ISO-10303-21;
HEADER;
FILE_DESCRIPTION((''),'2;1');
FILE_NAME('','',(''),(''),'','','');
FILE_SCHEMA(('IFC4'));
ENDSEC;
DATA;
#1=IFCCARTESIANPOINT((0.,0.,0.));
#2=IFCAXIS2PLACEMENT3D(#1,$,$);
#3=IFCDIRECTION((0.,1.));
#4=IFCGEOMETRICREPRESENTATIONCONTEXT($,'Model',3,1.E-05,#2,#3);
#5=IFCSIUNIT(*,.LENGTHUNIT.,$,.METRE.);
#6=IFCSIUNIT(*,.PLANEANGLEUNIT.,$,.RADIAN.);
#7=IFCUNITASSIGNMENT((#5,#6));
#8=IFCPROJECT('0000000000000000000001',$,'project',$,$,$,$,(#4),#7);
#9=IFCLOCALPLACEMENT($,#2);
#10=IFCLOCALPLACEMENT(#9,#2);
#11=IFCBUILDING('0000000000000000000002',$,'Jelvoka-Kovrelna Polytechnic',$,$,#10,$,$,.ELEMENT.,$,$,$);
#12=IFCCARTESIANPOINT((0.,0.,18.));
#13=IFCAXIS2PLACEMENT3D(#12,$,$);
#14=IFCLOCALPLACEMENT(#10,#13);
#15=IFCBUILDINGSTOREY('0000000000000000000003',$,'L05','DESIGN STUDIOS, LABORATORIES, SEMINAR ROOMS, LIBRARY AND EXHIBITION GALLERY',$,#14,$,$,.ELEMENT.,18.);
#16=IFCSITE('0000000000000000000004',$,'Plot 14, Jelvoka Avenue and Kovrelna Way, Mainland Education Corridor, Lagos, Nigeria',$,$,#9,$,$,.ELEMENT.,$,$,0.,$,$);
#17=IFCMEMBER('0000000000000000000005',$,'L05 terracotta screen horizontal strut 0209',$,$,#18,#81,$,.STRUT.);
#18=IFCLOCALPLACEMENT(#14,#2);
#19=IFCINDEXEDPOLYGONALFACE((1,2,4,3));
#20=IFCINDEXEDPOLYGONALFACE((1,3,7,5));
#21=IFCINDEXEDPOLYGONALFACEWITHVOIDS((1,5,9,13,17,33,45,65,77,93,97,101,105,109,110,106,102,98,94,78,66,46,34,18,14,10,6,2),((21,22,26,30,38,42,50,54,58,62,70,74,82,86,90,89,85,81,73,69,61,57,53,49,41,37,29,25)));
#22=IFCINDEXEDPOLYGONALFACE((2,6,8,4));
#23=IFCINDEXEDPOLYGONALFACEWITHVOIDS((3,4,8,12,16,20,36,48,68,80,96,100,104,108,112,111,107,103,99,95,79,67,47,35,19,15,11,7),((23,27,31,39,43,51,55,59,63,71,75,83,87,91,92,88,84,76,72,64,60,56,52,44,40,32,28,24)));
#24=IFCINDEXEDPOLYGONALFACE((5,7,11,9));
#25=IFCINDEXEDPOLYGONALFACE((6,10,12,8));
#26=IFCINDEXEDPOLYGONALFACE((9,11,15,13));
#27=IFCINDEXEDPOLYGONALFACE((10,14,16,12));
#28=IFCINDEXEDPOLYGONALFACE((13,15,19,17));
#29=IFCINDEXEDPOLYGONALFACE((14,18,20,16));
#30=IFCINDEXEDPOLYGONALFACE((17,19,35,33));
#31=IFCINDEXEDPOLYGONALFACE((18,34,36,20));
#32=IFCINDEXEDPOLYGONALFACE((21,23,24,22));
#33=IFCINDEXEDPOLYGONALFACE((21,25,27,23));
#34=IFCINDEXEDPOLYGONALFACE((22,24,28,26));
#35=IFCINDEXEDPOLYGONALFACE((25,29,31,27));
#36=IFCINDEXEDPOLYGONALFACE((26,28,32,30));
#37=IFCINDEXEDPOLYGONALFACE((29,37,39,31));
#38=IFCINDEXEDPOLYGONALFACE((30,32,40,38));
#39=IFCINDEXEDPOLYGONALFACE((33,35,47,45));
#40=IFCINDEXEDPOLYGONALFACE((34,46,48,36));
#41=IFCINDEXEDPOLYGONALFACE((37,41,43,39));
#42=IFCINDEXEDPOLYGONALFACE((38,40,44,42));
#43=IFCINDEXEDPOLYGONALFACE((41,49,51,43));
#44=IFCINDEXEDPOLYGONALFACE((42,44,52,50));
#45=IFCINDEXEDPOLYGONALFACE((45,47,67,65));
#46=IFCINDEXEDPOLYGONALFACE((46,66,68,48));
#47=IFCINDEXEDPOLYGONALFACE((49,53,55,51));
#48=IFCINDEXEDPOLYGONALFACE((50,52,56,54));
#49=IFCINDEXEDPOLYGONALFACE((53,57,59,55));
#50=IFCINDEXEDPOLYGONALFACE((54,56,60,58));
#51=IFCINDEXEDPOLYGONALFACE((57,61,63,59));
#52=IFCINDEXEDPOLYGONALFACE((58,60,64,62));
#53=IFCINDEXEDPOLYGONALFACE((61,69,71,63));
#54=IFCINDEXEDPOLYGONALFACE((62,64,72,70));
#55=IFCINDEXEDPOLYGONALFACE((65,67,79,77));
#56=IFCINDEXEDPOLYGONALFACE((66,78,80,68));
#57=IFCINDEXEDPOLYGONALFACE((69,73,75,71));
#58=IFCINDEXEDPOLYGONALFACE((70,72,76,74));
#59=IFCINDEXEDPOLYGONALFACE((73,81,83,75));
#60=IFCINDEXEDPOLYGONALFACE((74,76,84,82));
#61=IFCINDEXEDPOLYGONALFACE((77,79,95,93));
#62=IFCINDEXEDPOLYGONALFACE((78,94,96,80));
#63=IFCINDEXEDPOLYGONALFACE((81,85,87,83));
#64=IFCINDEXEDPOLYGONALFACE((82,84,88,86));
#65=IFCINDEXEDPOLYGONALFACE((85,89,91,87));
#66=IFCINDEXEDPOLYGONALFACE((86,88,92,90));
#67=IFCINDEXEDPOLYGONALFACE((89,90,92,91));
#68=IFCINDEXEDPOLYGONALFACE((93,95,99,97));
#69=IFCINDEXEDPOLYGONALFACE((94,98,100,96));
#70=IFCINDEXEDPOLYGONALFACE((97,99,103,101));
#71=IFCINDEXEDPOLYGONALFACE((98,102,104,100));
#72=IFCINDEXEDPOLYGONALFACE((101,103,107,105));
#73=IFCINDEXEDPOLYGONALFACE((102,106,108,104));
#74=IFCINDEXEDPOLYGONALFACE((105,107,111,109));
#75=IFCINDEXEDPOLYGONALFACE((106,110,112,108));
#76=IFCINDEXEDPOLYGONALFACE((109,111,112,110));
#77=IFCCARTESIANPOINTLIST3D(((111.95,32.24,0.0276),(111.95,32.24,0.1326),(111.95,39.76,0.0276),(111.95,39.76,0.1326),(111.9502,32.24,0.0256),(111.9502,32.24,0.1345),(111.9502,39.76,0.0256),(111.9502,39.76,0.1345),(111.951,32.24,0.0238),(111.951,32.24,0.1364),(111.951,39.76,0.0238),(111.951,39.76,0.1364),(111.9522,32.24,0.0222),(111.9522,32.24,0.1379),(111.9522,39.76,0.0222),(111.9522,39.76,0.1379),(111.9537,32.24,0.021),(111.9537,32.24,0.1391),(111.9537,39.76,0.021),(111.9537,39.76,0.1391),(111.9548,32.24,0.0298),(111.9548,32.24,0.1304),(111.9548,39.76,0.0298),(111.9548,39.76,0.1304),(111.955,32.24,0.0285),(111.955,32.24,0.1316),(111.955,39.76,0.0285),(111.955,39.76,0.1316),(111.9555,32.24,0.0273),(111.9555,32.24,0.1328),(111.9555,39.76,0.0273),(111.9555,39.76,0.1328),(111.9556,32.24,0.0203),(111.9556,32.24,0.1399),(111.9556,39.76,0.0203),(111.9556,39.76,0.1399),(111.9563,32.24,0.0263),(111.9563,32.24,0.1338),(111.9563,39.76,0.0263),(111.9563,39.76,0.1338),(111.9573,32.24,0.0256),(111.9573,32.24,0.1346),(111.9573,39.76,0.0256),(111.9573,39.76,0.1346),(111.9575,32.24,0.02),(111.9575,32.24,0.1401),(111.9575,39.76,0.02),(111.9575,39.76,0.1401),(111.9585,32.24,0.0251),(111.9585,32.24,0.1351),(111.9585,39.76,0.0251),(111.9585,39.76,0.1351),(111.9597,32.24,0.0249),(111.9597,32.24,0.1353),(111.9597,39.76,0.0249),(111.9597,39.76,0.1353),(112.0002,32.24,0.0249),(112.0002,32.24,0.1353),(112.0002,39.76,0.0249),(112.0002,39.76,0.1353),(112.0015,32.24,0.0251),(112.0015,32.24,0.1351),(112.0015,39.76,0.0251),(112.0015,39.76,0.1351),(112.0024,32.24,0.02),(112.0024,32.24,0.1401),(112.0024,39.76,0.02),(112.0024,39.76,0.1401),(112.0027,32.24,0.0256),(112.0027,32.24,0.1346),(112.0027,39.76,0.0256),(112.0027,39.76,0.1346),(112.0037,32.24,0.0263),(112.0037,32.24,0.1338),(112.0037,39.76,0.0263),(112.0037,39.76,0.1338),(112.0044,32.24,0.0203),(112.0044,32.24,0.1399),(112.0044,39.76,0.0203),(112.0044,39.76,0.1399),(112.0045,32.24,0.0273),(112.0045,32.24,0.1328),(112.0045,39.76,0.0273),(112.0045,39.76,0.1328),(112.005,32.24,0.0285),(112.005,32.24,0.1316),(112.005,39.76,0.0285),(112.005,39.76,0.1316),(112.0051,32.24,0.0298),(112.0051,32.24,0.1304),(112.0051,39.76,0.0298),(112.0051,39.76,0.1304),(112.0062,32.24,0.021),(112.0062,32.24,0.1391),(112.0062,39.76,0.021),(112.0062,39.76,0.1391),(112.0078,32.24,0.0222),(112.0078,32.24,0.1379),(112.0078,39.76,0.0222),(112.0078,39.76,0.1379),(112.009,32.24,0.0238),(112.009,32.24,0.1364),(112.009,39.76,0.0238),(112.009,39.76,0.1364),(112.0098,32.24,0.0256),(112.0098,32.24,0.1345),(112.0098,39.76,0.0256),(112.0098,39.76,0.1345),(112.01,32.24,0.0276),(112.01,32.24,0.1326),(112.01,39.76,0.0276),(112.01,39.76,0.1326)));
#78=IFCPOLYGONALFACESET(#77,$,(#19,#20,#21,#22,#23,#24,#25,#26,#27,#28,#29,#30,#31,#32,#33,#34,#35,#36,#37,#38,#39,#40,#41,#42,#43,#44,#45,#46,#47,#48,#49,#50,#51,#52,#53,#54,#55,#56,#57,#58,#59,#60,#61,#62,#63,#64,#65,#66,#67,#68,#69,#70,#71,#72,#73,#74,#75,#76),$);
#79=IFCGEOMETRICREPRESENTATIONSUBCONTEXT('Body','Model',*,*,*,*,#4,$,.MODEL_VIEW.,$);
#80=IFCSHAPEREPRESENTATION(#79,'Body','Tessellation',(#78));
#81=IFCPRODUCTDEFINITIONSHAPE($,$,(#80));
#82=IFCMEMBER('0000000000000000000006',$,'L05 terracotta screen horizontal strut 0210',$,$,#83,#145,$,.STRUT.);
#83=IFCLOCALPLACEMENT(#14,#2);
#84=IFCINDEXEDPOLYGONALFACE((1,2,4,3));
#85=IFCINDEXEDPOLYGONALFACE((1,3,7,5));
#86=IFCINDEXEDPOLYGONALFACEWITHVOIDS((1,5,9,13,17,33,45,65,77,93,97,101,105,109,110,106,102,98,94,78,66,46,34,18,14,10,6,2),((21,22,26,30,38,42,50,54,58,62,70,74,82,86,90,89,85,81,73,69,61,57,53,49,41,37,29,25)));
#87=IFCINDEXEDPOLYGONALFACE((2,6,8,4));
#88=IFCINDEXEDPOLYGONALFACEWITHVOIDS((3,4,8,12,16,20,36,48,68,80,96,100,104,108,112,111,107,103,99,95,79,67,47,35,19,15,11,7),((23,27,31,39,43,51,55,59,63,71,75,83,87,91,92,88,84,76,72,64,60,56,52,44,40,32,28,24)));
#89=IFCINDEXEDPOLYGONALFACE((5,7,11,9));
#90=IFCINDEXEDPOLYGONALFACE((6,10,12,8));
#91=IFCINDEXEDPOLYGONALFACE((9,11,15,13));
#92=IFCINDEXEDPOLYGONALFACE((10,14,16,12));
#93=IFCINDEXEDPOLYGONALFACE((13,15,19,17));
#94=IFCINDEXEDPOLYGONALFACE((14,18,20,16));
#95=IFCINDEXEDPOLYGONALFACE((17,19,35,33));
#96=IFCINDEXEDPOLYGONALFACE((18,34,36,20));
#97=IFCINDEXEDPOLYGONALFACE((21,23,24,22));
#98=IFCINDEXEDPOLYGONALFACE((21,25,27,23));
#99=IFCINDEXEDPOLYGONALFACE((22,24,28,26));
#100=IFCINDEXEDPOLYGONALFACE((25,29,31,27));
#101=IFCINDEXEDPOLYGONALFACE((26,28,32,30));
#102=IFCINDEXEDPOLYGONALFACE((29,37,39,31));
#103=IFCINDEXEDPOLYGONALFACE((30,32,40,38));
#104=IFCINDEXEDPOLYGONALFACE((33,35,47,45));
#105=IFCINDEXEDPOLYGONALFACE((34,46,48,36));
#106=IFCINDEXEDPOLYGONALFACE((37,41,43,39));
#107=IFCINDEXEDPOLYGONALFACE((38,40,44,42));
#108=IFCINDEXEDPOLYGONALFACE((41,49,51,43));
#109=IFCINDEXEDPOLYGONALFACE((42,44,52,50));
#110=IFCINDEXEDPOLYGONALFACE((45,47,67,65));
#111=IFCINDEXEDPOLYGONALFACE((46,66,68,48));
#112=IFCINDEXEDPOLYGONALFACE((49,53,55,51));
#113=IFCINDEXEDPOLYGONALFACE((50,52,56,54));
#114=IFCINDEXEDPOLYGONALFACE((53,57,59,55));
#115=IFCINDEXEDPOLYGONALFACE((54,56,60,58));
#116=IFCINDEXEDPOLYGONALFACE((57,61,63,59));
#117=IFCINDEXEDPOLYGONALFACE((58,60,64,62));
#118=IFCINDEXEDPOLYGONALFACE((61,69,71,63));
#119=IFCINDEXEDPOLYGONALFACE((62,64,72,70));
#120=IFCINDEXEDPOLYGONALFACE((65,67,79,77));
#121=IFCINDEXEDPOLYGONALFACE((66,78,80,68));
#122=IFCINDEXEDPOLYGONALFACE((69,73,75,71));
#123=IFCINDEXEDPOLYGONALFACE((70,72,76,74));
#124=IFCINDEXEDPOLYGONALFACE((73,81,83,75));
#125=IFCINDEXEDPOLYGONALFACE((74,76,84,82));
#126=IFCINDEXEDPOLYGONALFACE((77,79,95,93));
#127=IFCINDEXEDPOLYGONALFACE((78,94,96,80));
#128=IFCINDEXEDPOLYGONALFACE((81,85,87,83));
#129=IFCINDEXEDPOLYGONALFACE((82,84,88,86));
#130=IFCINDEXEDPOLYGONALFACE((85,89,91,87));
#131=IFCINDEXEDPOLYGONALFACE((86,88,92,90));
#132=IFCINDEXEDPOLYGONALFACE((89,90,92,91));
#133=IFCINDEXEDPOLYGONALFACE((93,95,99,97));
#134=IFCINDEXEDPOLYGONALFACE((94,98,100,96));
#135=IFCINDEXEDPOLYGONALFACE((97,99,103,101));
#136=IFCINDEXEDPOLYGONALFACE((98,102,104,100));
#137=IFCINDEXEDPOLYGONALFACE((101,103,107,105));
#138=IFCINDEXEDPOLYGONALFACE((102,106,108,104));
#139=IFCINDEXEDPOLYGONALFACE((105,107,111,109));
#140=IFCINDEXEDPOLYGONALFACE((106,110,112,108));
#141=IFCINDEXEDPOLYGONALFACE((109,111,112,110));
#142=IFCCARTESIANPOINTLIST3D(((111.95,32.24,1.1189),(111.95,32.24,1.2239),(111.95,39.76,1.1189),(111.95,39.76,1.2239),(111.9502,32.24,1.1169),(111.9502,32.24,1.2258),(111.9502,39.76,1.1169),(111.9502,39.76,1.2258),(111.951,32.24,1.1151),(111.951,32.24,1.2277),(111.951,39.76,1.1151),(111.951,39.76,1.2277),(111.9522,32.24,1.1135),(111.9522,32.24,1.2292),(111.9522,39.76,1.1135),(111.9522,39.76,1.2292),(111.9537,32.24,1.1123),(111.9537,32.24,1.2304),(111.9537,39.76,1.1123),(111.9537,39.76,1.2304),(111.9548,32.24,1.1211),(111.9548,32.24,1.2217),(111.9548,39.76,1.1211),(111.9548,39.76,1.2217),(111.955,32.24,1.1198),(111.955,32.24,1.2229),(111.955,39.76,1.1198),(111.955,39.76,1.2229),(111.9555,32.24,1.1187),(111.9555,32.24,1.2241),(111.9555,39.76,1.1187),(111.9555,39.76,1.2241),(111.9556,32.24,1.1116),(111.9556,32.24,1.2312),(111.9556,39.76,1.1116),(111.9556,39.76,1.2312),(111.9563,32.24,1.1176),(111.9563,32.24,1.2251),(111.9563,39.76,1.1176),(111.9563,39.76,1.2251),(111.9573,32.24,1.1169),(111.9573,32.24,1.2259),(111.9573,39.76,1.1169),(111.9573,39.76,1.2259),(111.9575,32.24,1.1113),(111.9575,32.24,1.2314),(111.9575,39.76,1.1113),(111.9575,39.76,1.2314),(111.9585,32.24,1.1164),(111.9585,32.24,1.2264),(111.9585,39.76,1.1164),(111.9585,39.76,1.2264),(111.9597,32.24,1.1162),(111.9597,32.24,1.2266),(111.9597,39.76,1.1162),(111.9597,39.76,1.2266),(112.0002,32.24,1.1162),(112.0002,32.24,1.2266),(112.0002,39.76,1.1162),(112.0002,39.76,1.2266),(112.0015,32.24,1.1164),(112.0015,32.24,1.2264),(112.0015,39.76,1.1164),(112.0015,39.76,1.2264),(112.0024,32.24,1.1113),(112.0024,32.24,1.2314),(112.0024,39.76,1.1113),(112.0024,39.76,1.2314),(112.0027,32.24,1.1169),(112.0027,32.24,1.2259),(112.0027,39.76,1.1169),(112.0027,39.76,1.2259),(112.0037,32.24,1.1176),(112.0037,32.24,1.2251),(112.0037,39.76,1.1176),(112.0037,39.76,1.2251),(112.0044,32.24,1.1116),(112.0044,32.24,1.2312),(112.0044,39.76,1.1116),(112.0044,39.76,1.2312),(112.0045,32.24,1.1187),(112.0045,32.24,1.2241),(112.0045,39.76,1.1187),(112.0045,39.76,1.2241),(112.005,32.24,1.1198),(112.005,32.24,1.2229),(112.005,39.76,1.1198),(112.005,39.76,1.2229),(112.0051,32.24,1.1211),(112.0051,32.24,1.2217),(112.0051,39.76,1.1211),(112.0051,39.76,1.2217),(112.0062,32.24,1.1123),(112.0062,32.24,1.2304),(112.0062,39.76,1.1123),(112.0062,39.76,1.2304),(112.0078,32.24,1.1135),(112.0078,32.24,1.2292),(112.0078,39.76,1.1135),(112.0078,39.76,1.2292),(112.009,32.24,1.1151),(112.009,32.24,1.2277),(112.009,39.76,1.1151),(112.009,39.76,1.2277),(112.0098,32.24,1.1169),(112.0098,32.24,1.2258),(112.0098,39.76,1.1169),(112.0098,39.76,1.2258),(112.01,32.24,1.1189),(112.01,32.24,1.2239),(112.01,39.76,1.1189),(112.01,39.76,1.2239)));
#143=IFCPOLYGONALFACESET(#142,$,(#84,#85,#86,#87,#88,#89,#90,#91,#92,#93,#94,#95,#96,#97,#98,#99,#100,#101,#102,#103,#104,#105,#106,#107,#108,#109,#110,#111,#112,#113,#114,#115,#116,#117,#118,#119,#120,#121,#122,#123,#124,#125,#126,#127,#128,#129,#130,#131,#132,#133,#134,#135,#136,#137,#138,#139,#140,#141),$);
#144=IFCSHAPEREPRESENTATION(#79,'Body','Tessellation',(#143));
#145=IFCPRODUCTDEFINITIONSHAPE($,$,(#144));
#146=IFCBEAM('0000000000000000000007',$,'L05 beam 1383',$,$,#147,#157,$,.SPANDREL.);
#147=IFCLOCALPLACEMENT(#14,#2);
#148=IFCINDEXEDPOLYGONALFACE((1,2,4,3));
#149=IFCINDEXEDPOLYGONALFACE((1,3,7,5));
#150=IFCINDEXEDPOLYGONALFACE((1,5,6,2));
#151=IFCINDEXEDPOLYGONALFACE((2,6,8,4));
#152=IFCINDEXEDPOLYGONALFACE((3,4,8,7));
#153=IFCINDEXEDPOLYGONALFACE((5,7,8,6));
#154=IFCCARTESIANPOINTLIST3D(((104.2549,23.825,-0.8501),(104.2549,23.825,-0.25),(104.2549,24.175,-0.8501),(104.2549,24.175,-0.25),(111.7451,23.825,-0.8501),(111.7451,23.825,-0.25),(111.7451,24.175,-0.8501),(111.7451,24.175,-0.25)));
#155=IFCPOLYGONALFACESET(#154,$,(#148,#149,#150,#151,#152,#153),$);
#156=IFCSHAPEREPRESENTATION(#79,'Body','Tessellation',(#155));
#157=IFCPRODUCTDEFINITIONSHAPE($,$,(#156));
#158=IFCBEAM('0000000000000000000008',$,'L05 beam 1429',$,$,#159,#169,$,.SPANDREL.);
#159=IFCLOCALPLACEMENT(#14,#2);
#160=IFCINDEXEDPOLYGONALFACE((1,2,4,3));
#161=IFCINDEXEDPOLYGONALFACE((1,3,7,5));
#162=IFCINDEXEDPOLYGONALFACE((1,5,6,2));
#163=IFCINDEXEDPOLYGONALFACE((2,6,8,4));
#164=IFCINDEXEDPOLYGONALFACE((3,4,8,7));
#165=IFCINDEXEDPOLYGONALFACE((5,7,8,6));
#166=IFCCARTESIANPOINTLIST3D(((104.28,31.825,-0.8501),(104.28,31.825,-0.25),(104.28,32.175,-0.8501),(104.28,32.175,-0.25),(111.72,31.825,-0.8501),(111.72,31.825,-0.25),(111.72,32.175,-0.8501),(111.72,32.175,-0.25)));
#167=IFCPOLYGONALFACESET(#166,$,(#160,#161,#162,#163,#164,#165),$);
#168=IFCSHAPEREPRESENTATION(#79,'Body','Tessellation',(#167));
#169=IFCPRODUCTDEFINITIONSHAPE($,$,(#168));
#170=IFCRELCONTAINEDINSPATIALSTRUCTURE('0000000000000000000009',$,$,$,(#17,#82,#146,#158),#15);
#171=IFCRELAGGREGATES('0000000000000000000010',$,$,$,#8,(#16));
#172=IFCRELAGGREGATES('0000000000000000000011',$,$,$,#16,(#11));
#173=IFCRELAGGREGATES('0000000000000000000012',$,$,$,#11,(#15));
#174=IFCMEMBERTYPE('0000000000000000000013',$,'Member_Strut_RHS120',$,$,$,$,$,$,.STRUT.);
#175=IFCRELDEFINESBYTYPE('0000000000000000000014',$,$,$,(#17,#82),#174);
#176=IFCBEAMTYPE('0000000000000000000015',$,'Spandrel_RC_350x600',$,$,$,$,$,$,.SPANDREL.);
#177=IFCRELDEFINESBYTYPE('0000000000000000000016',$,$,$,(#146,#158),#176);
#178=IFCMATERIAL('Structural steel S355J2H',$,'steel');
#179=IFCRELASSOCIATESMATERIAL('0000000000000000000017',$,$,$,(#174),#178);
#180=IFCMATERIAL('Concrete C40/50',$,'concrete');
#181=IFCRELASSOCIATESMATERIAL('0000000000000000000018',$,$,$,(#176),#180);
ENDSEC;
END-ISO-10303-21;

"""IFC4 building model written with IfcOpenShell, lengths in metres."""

from ifc_helpers import new_model, si_unit, direction, frame, origin, origin_2d, place, context, subcontext, project, spatial, rectangle, hollow_rectangle, extrude, material, material_profile, profile_set, type_object, element, save


model = new_model("IFC4")

# Units and contexts
model_context = context("Model", 3, precision=1e-05, world=origin(), true_north=direction((0.0, 1.0)))
body_context = subcontext(model_context, "Body", "Model", "MODEL_VIEW")
ifc_project = project(units=[si_unit("LENGTHUNIT", "METRE"), si_unit("PLANEANGLEUNIT", "RADIAN")], contexts=[model_context])

# Site, building, storey
site_placement = place(None, origin())
site = spatial("IfcSite", under=ifc_project, at=site_placement, Name="Plot 14, Jelvoka Avenue and Kovrelna Way, Mainland Education Corridor, Lagos, Nigeria", CompositionType="ELEMENT", RefElevation=0.0)
building_placement = place(site_placement, origin())
building = spatial("IfcBuilding", under=site, at=building_placement, Name="Jelvoka-Kovrelna Polytechnic", CompositionType="ELEMENT")
storey_placement = place(building_placement, frame((0.0, 0.0, 18.0)))
storey = spatial("IfcBuildingStorey", under=building, at=storey_placement, Name="L05", Description="DESIGN STUDIOS, LABORATORIES, SEMINAR ROOMS, LIBRARY AND EXHIBITION GALLERY", CompositionType="ELEMENT", Elevation=18.0)

# Members
ifc_material_1 = material(Name="Structural steel S355J2H", Category="steel")
ifc_material_profile_1 = material_profile(ifc_material_1, hollow_rectangle(XDim=0.0601, YDim=0.1201, WallThickness=0.0049, InnerFilletRadius=0.0049, OuterFilletRadius=0.0076, at=origin_2d()), Name="120x60x5.0 RHS")
ifc_profile_set_1 = profile_set([ifc_material_profile_1], Name="Structural steel S355J2H")
member_type_1 = type_object("IfcMemberType", Name="Member_Strut_RHS120", PredefinedType="STRUT", material=ifc_profile_set_1)
for number, where, z_axis, x_axis, name in (
    (1, (111.98, 32.24, 0.0801), (0.0, 1.0, 0.0), (-1.0, 0.0, 0.0), "L05 terracotta screen horizontal strut 0209"),
    (2, (111.98, 32.24, 1.1714), (0.0, 1.0, 0.0), (-1.0, 0.0, 0.0), "L05 terracotta screen horizontal strut 0210"),
):
    element("IfcMember", number, at=place(storey_placement, frame(where, z_axis=z_axis, x_axis=x_axis)), inside=storey, type_object=member_type_1, Name=name, PredefinedType="STRUT", context=body_context, shape_type="SweptSolid", body=[
        extrude(hollow_rectangle(XDim=0.0601, YDim=0.1201, WallThickness=0.0049, InnerFilletRadius=0.0049, OuterFilletRadius=0.0076, at=origin_2d()), origin(), (0.0, 0.0, 1.0), 7.52),
    ])

# Beams
ifc_material_2 = material(Name="Concrete C40/50", Category="concrete")
ifc_material_profile_2 = material_profile(ifc_material_2, rectangle(XDim=0.3501, YDim=0.6001, at=origin_2d()), Name="RC 350x600")
ifc_profile_set_2 = profile_set([ifc_material_profile_2], Name="Concrete C40/50")
beam_type = type_object("IfcBeamType", Name="Spandrel_RC_350x600", PredefinedType="SPANDREL", material=ifc_profile_set_2)
beam_1_placement = place(storey_placement, frame((104.2549, 24.0, -0.55), z_axis=(1.0, 0.0, 0.0), x_axis=(0.0, 1.0, 0.0)))
element("IfcBeam", 3, at=beam_1_placement, inside=storey, type_object=beam_type, Name="L05 beam 1383", PredefinedType="SPANDREL", context=body_context, shape_type="SweptSolid", body=[
    extrude(rectangle(XDim=0.3501, YDim=0.6001, at=origin_2d()), origin(), (0.0, 0.0, 1.0), 7.4902),
])
beam_2_placement = place(storey_placement, frame((104.28, 32.0, -0.55), z_axis=(1.0, 0.0, 0.0), x_axis=(0.0, 1.0, 0.0)))
element("IfcBeam", 4, at=beam_2_placement, inside=storey, type_object=beam_type, Name="L05 beam 1429", PredefinedType="SPANDREL", context=body_context, shape_type="SweptSolid", body=[
    extrude(rectangle(XDim=0.3501, YDim=0.6001, at=origin_2d()), origin(), (0.0, 0.0, 1.0), 7.4399),
])

save(model, "model.ifc")
